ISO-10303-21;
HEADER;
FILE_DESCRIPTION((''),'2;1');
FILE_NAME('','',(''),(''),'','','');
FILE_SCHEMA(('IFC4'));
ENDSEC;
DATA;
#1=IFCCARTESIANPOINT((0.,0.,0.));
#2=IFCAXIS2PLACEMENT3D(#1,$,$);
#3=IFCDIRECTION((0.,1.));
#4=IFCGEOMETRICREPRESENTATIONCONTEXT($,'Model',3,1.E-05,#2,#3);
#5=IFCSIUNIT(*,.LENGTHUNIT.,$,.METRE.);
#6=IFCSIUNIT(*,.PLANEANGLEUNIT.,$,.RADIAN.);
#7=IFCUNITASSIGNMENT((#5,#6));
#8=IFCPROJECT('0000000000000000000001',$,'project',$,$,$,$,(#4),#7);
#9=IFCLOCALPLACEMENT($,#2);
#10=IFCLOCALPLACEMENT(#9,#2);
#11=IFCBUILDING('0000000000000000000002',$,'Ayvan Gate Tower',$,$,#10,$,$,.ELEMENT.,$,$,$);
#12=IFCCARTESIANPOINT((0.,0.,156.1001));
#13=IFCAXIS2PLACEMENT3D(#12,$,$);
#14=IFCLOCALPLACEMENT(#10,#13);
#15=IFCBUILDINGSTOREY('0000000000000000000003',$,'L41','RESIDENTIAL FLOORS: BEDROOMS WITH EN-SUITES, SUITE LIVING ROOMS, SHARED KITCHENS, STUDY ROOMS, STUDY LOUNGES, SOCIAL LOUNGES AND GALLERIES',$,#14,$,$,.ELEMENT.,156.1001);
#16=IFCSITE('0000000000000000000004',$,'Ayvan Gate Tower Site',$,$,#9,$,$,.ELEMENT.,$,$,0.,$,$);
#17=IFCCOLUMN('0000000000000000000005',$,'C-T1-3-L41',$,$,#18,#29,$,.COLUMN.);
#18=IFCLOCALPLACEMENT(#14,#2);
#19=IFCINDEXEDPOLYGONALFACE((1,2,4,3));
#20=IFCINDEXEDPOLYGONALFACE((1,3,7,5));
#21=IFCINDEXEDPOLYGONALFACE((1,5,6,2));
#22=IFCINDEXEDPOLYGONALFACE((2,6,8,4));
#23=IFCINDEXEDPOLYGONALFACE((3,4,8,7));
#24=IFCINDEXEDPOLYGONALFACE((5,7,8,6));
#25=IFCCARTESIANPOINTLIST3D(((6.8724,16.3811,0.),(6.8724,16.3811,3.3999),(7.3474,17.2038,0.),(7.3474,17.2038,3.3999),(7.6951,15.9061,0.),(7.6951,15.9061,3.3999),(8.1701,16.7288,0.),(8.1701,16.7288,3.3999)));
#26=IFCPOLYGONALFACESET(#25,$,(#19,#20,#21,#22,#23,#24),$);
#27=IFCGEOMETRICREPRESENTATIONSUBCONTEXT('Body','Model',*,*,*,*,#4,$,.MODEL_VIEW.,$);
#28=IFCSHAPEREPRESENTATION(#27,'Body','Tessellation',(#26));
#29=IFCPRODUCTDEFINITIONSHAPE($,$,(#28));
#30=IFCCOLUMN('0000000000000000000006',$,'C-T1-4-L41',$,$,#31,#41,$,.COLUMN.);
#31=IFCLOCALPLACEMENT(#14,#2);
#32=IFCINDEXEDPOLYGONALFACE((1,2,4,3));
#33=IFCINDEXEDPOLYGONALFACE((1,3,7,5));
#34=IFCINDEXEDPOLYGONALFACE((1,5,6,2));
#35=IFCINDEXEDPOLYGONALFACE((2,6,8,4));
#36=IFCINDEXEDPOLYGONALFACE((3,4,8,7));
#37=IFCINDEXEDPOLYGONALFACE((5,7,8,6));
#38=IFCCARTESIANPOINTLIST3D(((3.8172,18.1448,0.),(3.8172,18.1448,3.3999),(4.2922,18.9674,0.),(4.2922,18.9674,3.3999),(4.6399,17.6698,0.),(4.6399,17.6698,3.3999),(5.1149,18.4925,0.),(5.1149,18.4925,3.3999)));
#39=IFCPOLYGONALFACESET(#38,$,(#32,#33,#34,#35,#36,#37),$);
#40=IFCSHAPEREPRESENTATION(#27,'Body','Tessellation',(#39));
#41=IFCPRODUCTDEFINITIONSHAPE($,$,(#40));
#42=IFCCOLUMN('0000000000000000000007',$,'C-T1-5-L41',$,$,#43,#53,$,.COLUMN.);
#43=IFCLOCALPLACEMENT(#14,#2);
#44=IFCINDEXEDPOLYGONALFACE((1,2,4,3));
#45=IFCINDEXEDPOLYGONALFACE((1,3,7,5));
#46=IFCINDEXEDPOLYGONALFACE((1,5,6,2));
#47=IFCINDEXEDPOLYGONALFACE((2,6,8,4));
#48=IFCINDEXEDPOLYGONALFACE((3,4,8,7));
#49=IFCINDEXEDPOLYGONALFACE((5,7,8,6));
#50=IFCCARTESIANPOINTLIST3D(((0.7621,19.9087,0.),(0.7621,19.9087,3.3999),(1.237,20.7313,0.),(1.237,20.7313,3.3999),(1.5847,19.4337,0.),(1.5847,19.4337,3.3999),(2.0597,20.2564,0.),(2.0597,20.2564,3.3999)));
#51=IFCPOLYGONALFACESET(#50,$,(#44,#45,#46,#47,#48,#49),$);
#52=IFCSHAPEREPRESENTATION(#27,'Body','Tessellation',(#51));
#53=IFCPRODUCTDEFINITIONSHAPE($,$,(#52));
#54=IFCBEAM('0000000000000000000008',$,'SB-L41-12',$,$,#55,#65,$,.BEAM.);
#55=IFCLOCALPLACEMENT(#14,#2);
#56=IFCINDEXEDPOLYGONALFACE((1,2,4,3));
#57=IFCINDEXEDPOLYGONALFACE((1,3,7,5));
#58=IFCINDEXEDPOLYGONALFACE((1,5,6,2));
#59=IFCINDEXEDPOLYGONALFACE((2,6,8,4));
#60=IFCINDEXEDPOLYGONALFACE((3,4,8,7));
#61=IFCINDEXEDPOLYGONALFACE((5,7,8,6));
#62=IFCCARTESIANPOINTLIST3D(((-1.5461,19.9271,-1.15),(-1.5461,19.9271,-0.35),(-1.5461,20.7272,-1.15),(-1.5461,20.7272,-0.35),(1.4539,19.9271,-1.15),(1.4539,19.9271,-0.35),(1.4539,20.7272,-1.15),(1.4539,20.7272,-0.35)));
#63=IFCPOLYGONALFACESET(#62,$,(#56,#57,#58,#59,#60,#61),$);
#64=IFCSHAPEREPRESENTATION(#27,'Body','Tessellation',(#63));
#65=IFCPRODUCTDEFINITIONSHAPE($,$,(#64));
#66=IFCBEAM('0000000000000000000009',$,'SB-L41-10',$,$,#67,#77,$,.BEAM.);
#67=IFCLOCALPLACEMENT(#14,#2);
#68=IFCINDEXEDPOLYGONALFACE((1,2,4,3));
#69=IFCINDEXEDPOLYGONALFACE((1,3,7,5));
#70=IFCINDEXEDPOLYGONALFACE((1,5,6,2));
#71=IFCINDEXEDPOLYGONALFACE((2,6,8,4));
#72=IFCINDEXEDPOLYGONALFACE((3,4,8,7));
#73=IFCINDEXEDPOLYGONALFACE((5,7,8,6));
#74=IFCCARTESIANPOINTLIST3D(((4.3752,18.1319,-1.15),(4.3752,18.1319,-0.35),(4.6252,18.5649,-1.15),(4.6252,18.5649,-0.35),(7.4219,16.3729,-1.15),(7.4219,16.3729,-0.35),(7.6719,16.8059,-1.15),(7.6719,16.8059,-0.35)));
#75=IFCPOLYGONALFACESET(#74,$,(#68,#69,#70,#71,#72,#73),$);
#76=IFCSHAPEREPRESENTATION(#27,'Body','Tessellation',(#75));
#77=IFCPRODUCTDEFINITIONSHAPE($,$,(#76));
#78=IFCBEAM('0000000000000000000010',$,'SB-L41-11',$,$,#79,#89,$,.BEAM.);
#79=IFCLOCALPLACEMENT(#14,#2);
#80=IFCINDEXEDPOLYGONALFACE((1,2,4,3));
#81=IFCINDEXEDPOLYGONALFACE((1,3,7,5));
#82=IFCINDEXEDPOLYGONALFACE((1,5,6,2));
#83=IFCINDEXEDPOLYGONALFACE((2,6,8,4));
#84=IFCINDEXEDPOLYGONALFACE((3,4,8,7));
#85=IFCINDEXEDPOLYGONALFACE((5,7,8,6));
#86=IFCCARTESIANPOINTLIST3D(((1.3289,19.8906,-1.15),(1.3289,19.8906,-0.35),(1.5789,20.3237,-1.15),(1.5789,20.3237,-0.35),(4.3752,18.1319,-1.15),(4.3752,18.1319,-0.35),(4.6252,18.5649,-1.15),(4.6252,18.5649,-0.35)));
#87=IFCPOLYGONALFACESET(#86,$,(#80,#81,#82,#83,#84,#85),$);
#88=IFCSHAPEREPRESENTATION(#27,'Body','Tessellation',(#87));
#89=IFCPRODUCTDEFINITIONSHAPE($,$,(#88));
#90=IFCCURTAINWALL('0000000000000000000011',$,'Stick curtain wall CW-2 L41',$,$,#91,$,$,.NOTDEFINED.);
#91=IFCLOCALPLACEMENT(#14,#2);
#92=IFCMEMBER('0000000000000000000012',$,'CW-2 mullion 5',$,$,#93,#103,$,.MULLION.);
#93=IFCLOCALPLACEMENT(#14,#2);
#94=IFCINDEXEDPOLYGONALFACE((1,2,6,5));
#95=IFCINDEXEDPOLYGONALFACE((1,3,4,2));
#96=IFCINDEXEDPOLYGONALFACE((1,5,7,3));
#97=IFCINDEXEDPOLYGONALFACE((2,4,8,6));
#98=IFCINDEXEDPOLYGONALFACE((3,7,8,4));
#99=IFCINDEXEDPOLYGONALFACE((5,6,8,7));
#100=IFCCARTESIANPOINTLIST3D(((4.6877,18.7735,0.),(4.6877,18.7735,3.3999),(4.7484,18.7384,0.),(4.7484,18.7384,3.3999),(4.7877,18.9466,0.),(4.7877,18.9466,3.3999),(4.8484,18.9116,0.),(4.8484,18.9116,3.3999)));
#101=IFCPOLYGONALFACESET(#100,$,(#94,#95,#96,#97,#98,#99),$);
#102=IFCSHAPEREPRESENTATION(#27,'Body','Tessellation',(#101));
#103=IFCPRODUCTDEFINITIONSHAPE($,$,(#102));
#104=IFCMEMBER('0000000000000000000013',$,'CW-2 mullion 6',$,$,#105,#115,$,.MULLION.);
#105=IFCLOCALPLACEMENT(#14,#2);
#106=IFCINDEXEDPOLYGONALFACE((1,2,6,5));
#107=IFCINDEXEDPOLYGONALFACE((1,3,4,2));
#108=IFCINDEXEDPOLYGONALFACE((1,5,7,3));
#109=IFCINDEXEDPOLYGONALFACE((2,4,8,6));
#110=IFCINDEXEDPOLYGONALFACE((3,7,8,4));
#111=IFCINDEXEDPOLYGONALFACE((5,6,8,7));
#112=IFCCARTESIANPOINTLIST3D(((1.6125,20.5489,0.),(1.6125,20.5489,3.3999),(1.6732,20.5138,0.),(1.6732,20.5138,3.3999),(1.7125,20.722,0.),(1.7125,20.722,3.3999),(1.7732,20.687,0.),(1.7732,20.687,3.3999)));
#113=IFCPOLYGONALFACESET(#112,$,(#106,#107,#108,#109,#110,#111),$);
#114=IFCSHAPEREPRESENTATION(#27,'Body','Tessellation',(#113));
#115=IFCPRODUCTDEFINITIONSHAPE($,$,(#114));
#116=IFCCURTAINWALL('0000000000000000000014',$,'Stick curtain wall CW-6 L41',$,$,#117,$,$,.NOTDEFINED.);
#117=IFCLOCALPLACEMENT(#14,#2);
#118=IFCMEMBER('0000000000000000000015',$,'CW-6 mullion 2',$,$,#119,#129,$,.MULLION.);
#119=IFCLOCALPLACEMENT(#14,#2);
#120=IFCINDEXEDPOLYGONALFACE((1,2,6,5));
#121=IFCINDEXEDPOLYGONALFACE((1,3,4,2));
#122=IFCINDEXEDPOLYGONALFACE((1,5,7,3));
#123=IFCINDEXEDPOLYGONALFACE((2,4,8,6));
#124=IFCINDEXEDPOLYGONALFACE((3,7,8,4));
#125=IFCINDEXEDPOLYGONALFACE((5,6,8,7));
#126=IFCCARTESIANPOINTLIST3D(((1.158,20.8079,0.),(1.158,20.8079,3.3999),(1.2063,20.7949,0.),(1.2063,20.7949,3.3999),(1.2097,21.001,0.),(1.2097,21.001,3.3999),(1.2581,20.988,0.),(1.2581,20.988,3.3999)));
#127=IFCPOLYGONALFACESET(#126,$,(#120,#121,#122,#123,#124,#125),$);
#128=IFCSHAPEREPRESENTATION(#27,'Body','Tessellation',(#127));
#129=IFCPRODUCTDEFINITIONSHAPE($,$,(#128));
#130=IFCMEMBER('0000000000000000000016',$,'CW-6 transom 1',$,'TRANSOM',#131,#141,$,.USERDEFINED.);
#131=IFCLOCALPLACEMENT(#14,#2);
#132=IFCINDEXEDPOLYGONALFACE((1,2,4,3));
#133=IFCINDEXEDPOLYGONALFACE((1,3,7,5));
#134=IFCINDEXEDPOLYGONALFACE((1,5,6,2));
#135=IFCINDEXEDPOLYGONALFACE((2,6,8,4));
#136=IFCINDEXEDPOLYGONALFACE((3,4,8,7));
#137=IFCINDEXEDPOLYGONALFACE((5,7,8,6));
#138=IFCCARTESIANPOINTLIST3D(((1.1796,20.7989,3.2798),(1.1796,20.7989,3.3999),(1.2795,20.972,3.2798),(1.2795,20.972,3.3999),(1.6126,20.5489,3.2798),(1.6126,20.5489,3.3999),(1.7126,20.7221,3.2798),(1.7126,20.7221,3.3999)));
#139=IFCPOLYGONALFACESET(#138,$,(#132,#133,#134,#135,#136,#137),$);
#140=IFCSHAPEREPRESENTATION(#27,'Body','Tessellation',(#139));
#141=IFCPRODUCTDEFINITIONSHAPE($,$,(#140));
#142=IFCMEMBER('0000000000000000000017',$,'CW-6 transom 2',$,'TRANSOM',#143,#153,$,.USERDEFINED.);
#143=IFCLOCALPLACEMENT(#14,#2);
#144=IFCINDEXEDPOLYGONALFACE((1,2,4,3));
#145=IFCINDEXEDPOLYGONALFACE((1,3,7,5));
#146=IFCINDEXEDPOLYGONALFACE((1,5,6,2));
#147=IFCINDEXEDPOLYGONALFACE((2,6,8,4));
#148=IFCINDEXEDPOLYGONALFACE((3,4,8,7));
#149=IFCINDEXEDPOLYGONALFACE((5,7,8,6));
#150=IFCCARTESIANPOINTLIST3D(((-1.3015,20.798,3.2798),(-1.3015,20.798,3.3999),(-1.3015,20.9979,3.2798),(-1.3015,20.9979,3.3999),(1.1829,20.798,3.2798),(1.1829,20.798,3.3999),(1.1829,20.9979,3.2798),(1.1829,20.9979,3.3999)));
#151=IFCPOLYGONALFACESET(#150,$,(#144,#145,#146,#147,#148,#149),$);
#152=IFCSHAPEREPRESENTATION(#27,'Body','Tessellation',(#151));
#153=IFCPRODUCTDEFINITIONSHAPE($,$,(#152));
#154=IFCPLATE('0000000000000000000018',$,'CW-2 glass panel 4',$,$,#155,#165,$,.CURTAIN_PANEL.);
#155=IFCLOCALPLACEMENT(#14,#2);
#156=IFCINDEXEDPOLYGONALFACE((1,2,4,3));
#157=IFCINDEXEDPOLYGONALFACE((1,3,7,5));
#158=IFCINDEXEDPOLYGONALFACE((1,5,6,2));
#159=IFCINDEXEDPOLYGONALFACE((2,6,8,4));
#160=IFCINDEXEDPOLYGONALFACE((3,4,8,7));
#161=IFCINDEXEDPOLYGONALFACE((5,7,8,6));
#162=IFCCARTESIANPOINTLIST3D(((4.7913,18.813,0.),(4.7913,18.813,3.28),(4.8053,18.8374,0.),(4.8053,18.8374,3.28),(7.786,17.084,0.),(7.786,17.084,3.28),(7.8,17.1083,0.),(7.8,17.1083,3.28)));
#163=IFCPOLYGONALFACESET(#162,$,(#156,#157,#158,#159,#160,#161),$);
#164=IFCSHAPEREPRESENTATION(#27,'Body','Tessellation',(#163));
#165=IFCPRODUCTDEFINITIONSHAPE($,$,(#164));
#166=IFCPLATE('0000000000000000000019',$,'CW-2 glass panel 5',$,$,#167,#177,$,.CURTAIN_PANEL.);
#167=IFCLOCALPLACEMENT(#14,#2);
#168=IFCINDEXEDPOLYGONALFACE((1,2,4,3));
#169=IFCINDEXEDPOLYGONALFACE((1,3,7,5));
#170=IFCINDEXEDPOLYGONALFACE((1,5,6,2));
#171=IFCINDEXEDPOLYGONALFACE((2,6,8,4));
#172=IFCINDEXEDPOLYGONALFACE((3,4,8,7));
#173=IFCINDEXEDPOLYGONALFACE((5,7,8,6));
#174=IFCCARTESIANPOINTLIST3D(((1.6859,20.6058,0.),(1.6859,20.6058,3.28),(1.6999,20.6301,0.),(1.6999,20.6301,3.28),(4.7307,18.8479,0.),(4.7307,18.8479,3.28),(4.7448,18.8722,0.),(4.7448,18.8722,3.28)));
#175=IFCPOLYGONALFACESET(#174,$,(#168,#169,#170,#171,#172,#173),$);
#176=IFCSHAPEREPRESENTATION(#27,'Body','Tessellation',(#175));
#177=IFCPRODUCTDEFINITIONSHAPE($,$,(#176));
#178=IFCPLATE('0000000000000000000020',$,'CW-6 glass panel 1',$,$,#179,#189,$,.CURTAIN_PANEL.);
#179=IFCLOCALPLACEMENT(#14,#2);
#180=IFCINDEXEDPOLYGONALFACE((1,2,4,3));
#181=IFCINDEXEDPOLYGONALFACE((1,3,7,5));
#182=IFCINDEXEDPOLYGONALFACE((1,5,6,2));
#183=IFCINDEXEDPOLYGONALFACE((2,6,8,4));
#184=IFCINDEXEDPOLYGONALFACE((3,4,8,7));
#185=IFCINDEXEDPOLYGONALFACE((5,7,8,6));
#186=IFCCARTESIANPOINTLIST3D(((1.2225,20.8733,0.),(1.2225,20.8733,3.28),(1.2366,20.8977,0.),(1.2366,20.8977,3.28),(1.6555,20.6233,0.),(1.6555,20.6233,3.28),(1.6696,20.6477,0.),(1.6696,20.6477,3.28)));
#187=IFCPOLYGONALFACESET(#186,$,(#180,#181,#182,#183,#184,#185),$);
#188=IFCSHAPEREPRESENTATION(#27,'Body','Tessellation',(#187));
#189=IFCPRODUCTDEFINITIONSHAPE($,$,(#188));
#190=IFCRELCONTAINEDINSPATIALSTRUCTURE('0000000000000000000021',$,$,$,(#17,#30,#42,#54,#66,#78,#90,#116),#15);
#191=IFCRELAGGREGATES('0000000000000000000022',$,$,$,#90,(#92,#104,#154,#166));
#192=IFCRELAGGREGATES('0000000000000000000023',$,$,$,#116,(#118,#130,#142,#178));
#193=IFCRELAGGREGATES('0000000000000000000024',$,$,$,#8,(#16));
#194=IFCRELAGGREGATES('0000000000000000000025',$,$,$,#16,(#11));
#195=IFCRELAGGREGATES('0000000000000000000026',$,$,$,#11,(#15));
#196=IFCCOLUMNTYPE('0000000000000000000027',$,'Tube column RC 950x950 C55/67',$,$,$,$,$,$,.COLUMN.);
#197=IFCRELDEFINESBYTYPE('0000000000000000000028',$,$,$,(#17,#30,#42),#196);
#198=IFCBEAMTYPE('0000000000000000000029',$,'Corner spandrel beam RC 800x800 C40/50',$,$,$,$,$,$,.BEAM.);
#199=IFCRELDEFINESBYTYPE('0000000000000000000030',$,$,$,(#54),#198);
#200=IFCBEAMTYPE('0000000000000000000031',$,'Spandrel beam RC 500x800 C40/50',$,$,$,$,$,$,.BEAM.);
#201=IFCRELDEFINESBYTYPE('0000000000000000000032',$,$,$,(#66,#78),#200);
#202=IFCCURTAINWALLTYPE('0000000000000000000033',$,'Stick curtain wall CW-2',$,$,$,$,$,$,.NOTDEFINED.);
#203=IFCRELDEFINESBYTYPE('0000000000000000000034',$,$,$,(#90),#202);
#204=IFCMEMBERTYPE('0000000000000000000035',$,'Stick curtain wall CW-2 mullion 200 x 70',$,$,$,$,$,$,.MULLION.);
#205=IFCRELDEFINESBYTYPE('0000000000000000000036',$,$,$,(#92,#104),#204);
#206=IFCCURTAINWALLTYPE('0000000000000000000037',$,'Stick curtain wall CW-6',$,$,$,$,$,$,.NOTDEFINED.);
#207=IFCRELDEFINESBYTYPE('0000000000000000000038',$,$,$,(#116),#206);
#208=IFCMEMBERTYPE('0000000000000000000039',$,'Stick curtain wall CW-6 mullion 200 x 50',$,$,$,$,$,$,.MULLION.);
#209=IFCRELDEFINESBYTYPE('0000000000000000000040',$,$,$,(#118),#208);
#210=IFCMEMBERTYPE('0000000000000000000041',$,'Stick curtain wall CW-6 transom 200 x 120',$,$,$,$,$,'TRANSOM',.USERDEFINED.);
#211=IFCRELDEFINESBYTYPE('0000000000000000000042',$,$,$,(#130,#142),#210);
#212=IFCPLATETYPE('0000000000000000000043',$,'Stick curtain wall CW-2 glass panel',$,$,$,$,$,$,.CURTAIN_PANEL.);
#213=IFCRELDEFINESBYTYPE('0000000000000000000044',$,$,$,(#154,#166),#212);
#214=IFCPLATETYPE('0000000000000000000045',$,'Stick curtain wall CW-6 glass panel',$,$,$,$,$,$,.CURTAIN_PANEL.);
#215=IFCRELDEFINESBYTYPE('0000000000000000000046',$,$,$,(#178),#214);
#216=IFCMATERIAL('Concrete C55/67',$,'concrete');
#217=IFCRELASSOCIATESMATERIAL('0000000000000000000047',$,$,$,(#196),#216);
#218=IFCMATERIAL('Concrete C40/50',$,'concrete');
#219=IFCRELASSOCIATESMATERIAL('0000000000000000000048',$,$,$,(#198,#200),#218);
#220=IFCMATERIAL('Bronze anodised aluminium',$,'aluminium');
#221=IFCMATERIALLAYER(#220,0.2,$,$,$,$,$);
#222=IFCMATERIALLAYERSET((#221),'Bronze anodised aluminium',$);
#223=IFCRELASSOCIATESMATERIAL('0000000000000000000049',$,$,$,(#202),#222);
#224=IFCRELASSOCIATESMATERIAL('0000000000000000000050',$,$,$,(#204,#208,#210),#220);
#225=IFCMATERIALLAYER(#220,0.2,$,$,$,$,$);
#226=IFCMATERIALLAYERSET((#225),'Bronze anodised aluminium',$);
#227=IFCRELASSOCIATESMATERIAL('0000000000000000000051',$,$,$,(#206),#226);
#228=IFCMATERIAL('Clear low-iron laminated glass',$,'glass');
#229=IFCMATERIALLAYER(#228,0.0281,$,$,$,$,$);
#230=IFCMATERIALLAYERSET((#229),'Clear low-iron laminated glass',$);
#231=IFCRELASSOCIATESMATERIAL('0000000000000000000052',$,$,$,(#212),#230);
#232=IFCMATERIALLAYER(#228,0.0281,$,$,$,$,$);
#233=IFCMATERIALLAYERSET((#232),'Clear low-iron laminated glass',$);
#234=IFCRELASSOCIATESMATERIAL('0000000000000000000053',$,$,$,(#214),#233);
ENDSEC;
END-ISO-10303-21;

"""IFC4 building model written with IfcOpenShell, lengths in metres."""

from ifc_helpers import new_model, si_unit, direction, frame, origin, origin_2d, place, context, subcontext, project, spatial, rectangle, extrude, material, layer, layer_set, material_profile, profile_set, type_object, element, aggregate, save


model = new_model("IFC4")

# Units and contexts
model_context = context("Model", 3, precision=1e-05, world=origin(), true_north=direction((0.0, 1.0)))
body_context = subcontext(model_context, "Body", "Model", "MODEL_VIEW")
ifc_project = project(units=[si_unit("LENGTHUNIT", "METRE"), si_unit("PLANEANGLEUNIT", "RADIAN")], contexts=[model_context])

# Site, building, storey
site_placement = place(None, origin())
site = spatial("IfcSite", under=ifc_project, at=site_placement, Name="Ayvan Gate Tower Site", CompositionType="ELEMENT", RefElevation=0.0)
building_placement = place(site_placement, origin())
building = spatial("IfcBuilding", under=site, at=building_placement, Name="Ayvan Gate Tower", CompositionType="ELEMENT")
storey_placement = place(building_placement, frame((0.0, 0.0, 156.1001)))
storey = spatial("IfcBuildingStorey", under=building, at=storey_placement, Name="L41", Description="RESIDENTIAL FLOORS: BEDROOMS WITH EN-SUITES, SUITE LIVING ROOMS, SHARED KITCHENS, STUDY ROOMS, STUDY LOUNGES, SOCIAL LOUNGES AND GALLERIES", CompositionType="ELEMENT", Elevation=156.1001)

# Columns
ifc_material_1 = material(Name="Concrete C55/67", Category="concrete")
ifc_material_profile_1 = material_profile(ifc_material_1, rectangle(XDim=0.95, YDim=0.95, at=origin_2d()), Name="RC 950x950")
ifc_profile_set_1 = profile_set([ifc_material_profile_1], Name="Concrete C55/67")
column_type = type_object("IfcColumnType", Name="Tube column RC 950x950 C55/67", PredefinedType="COLUMN", material=ifc_profile_set_1)
for number, where, z_axis, x_axis, name in (
    (1, (7.5212, 16.5549, 0.0), (0.0, 0.0, 1.0), (0.5, 0.866025, 0.0), "C-T1-3-L41"),
    (2, (4.4661, 18.3186, 0.0), (0.0, 0.0, 1.0), (0.5, 0.866025, 0.0), "C-T1-4-L41"),
    (3, (1.4109, 20.0825, 0.0), (0.0, 0.0, 1.0), (0.5, 0.866025, 0.0), "C-T1-5-L41"),
):
    element("IfcColumn", number, at=place(storey_placement, frame(where, z_axis=z_axis, x_axis=x_axis)), inside=storey, type_object=column_type, Name=name, PredefinedType="COLUMN", context=body_context, shape_type="SweptSolid", body=[
        extrude(rectangle(XDim=0.95, YDim=0.95, at=origin_2d()), origin(), (0.0, 0.0, 1.0), 3.3999),
    ])

# Beams
ifc_material_2 = material(Name="Concrete C40/50", Category="concrete")
ifc_material_profile_2 = material_profile(ifc_material_2, rectangle(XDim=0.8, YDim=0.8, at=origin_2d()), Name="RC 800x800")
ifc_profile_set_2 = profile_set([ifc_material_profile_2], Name="Concrete C40/50")
beam_type_1 = type_object("IfcBeamType", Name="Corner spandrel beam RC 800x800 C40/50", PredefinedType="BEAM", material=ifc_profile_set_2)
beam_1_placement = place(storey_placement, frame((1.4539, 20.3271, -0.75), z_axis=(-1.0, 0.0, 0.0), x_axis=(0.0, -1.0, 0.0)))
element("IfcBeam", 4, at=beam_1_placement, inside=storey, type_object=beam_type_1, Name="SB-L41-12", PredefinedType="BEAM", context=body_context, shape_type="SweptSolid", body=[
    extrude(rectangle(XDim=0.8, YDim=0.8, at=origin_2d()), origin(), (0.0, 0.0, 1.0), 3.0),
])
ifc_material_profile_3 = material_profile(ifc_material_2, rectangle(XDim=0.5, YDim=0.8, at=origin_2d()), Name="RC 500x800")
ifc_profile_set_3 = profile_set([ifc_material_profile_3], Name="Concrete C40/50")
beam_type_2 = type_object("IfcBeamType", Name="Spandrel beam RC 500x800 C40/50", PredefinedType="BEAM", material=ifc_profile_set_3)
beam_2_placement = place(storey_placement, frame((7.5469, 16.5894, -0.75), z_axis=(-0.866018, 0.500013, 0.0), x_axis=(-0.500013, -0.866018, 0.0)))
element("IfcBeam", 5, at=beam_2_placement, inside=storey, type_object=beam_type_2, Name="SB-L41-10", PredefinedType="BEAM", context=body_context, shape_type="SweptSolid", body=[
    extrude(rectangle(XDim=0.5, YDim=0.8, at=origin_2d()), origin(), (0.0, 0.0, 1.0), 3.5181),
])
beam_3_placement = place(storey_placement, frame((4.5002, 18.3484, -0.75), z_axis=(-0.866031, 0.499991, 0.0), x_axis=(-0.499991, -0.866031, 0.0)))
element("IfcBeam", 6, at=beam_3_placement, inside=storey, type_object=beam_type_2, Name="SB-L41-11", PredefinedType="BEAM", context=body_context, shape_type="SweptSolid", body=[
    extrude(rectangle(XDim=0.5, YDim=0.8, at=origin_2d()), origin(), (0.0, 0.0, 1.0), 3.5176),
])

# Curtain walls, members
ifc_material_3 = material(Name="Bronze anodised aluminium", Category="aluminium")
ifc_layer_1 = layer(ifc_material_3, 0.2)
ifc_layer_set_1 = layer_set([ifc_layer_1], Name="Bronze anodised aluminium")
curtain_wall_type_1 = type_object("IfcCurtainWallType", Name="Stick curtain wall CW-2", PredefinedType="NOTDEFINED", material=ifc_layer_set_1)
curtain_wall_1_placement = place(storey_placement, origin())
curtain_wall_1 = element("IfcCurtainWall", 7, at=curtain_wall_1_placement, inside=storey, type_object=curtain_wall_type_1, Name="Stick curtain wall CW-2 L41", PredefinedType="NOTDEFINED")
ifc_material_profile_4 = material_profile(ifc_material_3, rectangle(XDim=0.2, YDim=0.0701, at=origin_2d()), Name="Stick curtain wall CW-2 mullion 200 x 70")
ifc_profile_set_4 = profile_set([ifc_material_profile_4], Name="Bronze anodised aluminium")
member_type_1 = type_object("IfcMemberType", Name="Stick curtain wall CW-2 mullion 200 x 70", PredefinedType="MULLION", material=ifc_profile_set_4)
member_1_placement = place(storey_placement, frame((4.7681, 18.8425, 0.0), z_axis=(0.0, 0.0, 1.0), x_axis=(0.5, 0.866025, 0.0)))
member_1 = element("IfcMember", 8, at=member_1_placement, type_object=member_type_1, Name="CW-2 mullion 5", PredefinedType="MULLION", context=body_context, shape_type="SweptSolid", body=[
    extrude(rectangle(XDim=0.2, YDim=0.0701, at=origin_2d()), origin(), (0.0, 0.0, 1.0), 3.3999),
])
member_2_placement = place(storey_placement, frame((1.6929, 20.6179, 0.0), z_axis=(0.0, 0.0, 1.0), x_axis=(0.5, 0.866025, 0.0)))
member_2 = element("IfcMember", 9, at=member_2_placement, type_object=member_type_1, Name="CW-2 mullion 6", PredefinedType="MULLION", context=body_context, shape_type="SweptSolid", body=[
    extrude(rectangle(XDim=0.2, YDim=0.0701, at=origin_2d()), origin(), (0.0, 0.0, 1.0), 3.3999),
])
ifc_layer_2 = layer(ifc_material_3, 0.2)
ifc_layer_set_2 = layer_set([ifc_layer_2], Name="Bronze anodised aluminium")
curtain_wall_type_2 = type_object("IfcCurtainWallType", Name="Stick curtain wall CW-6", PredefinedType="NOTDEFINED", material=ifc_layer_set_2)
curtain_wall_2_placement = place(storey_placement, origin())
curtain_wall_2 = element("IfcCurtainWall", 10, at=curtain_wall_2_placement, inside=storey, type_object=curtain_wall_type_2, Name="Stick curtain wall CW-6 L41", PredefinedType="NOTDEFINED")
ifc_material_profile_5 = material_profile(ifc_material_3, rectangle(XDim=0.2, YDim=0.05, at=origin_2d()), Name="Stick curtain wall CW-6 mullion 200 x 50")
ifc_profile_set_5 = profile_set([ifc_material_profile_5], Name="Bronze anodised aluminium")
member_type_2 = type_object("IfcMemberType", Name="Stick curtain wall CW-6 mullion 200 x 50", PredefinedType="MULLION", material=ifc_profile_set_5)
member_3_placement = place(storey_placement, frame((1.208, 20.8979, 0.0), z_axis=(0.0, 0.0, 1.0), x_axis=(0.258819, 0.965926, 0.0)))
member_3 = element("IfcMember", 11, at=member_3_placement, type_object=member_type_2, Name="CW-6 mullion 2", PredefinedType="MULLION", context=body_context, shape_type="SweptSolid", body=[
    extrude(rectangle(XDim=0.2, YDim=0.05, at=origin_2d()), origin(), (0.0, 0.0, 1.0), 3.3999),
])
ifc_material_profile_6 = material_profile(ifc_material_3, rectangle(XDim=0.2, YDim=0.1201, at=origin_2d()), Name="Stick curtain wall CW-6 transom 200 x 120")
ifc_profile_set_6 = profile_set([ifc_material_profile_6], Name="Bronze anodised aluminium")
member_type_3 = type_object("IfcMemberType", Name="Stick curtain wall CW-6 transom 200 x 120", ElementType="TRANSOM", PredefinedType="USERDEFINED", material=ifc_profile_set_6)
member_4_placement = place(storey_placement, frame((1.6626, 20.6355, 3.3398), z_axis=(-0.866072, 0.49992, 0.0), x_axis=(-0.49992, -0.866072, 0.0)))
member_4 = element("IfcMember", 12, at=member_4_placement, type_object=member_type_3, Name="CW-6 transom 1", ObjectType="TRANSOM", PredefinedType="USERDEFINED", context=body_context, shape_type="SweptSolid", body=[
    extrude(rectangle(XDim=0.2, YDim=0.1201, at=origin_2d()), origin(), (0.0, 0.0, 1.0), 0.5),
])
member_5_placement = place(storey_placement, frame((1.1829, 20.8979, 3.3398), z_axis=(-1.0, 0.0, 0.0), x_axis=(0.0, -1.0, 0.0)))
member_5 = element("IfcMember", 13, at=member_5_placement, type_object=member_type_3, Name="CW-6 transom 2", ObjectType="TRANSOM", PredefinedType="USERDEFINED", context=body_context, shape_type="SweptSolid", body=[
    extrude(rectangle(XDim=0.2, YDim=0.1201, at=origin_2d()), origin(), (0.0, 0.0, 1.0), 2.4844),
])

# Plates
ifc_material_4 = material(Name="Clear low-iron laminated glass", Category="glass")
ifc_layer_3 = layer(ifc_material_4, 0.0281)
ifc_layer_set_3 = layer_set([ifc_layer_3], Name="Clear low-iron laminated glass")
plate_type_1 = type_object("IfcPlateType", Name="Stick curtain wall CW-2 glass panel", PredefinedType="CURTAIN_PANEL", material=ifc_layer_set_3)
plate_1_placement = place(storey_placement, frame((6.2957, 17.9607, 0.0), z_axis=(0.0, 0.0, 1.0), x_axis=(-0.866025, 0.5, 0.0)))
plate_1 = element("IfcPlate", 14, at=plate_1_placement, type_object=plate_type_1, Name="CW-2 glass panel 4", PredefinedType="CURTAIN_PANEL", context=body_context, shape_type="SweptSolid", body=[
    extrude(rectangle(XDim=3.458, YDim=0.0281, at=origin_2d()), origin(), (0.0, 0.0, 1.0), 3.28),
])
plate_2_placement = place(storey_placement, frame((3.2153, 19.739, 0.0), z_axis=(0.0, 0.0, 1.0), x_axis=(-0.866025, 0.5, 0.0)))
plate_2 = element("IfcPlate", 15, at=plate_2_placement, type_object=plate_type_1, Name="CW-2 glass panel 5", PredefinedType="CURTAIN_PANEL", context=body_context, shape_type="SweptSolid", body=[
    extrude(rectangle(XDim=3.5159, YDim=0.0281, at=origin_2d()), origin(), (0.0, 0.0, 1.0), 3.28),
])
aggregate(curtain_wall_1, [member_1, member_2, plate_1, plate_2])
ifc_layer_4 = layer(ifc_material_4, 0.0281)
ifc_layer_set_4 = layer_set([ifc_layer_4], Name="Clear low-iron laminated glass")
plate_type_2 = type_object("IfcPlateType", Name="Stick curtain wall CW-6 glass panel", PredefinedType="CURTAIN_PANEL", material=ifc_layer_set_4)
plate_3_placement = place(storey_placement, frame((1.446, 20.7605, 0.0), z_axis=(0.0, 0.0, 1.0), x_axis=(-0.866025, 0.5, 0.0)))
plate_3 = element("IfcPlate", 16, at=plate_3_placement, type_object=plate_type_2, Name="CW-6 glass panel 1", PredefinedType="CURTAIN_PANEL", context=body_context, shape_type="SweptSolid", body=[
    extrude(rectangle(XDim=0.5, YDim=0.0281, at=origin_2d()), origin(), (0.0, 0.0, 1.0), 3.28),
])
aggregate(curtain_wall_2, [member_3, member_4, member_5, plate_3])

save(model, "model.ifc")
